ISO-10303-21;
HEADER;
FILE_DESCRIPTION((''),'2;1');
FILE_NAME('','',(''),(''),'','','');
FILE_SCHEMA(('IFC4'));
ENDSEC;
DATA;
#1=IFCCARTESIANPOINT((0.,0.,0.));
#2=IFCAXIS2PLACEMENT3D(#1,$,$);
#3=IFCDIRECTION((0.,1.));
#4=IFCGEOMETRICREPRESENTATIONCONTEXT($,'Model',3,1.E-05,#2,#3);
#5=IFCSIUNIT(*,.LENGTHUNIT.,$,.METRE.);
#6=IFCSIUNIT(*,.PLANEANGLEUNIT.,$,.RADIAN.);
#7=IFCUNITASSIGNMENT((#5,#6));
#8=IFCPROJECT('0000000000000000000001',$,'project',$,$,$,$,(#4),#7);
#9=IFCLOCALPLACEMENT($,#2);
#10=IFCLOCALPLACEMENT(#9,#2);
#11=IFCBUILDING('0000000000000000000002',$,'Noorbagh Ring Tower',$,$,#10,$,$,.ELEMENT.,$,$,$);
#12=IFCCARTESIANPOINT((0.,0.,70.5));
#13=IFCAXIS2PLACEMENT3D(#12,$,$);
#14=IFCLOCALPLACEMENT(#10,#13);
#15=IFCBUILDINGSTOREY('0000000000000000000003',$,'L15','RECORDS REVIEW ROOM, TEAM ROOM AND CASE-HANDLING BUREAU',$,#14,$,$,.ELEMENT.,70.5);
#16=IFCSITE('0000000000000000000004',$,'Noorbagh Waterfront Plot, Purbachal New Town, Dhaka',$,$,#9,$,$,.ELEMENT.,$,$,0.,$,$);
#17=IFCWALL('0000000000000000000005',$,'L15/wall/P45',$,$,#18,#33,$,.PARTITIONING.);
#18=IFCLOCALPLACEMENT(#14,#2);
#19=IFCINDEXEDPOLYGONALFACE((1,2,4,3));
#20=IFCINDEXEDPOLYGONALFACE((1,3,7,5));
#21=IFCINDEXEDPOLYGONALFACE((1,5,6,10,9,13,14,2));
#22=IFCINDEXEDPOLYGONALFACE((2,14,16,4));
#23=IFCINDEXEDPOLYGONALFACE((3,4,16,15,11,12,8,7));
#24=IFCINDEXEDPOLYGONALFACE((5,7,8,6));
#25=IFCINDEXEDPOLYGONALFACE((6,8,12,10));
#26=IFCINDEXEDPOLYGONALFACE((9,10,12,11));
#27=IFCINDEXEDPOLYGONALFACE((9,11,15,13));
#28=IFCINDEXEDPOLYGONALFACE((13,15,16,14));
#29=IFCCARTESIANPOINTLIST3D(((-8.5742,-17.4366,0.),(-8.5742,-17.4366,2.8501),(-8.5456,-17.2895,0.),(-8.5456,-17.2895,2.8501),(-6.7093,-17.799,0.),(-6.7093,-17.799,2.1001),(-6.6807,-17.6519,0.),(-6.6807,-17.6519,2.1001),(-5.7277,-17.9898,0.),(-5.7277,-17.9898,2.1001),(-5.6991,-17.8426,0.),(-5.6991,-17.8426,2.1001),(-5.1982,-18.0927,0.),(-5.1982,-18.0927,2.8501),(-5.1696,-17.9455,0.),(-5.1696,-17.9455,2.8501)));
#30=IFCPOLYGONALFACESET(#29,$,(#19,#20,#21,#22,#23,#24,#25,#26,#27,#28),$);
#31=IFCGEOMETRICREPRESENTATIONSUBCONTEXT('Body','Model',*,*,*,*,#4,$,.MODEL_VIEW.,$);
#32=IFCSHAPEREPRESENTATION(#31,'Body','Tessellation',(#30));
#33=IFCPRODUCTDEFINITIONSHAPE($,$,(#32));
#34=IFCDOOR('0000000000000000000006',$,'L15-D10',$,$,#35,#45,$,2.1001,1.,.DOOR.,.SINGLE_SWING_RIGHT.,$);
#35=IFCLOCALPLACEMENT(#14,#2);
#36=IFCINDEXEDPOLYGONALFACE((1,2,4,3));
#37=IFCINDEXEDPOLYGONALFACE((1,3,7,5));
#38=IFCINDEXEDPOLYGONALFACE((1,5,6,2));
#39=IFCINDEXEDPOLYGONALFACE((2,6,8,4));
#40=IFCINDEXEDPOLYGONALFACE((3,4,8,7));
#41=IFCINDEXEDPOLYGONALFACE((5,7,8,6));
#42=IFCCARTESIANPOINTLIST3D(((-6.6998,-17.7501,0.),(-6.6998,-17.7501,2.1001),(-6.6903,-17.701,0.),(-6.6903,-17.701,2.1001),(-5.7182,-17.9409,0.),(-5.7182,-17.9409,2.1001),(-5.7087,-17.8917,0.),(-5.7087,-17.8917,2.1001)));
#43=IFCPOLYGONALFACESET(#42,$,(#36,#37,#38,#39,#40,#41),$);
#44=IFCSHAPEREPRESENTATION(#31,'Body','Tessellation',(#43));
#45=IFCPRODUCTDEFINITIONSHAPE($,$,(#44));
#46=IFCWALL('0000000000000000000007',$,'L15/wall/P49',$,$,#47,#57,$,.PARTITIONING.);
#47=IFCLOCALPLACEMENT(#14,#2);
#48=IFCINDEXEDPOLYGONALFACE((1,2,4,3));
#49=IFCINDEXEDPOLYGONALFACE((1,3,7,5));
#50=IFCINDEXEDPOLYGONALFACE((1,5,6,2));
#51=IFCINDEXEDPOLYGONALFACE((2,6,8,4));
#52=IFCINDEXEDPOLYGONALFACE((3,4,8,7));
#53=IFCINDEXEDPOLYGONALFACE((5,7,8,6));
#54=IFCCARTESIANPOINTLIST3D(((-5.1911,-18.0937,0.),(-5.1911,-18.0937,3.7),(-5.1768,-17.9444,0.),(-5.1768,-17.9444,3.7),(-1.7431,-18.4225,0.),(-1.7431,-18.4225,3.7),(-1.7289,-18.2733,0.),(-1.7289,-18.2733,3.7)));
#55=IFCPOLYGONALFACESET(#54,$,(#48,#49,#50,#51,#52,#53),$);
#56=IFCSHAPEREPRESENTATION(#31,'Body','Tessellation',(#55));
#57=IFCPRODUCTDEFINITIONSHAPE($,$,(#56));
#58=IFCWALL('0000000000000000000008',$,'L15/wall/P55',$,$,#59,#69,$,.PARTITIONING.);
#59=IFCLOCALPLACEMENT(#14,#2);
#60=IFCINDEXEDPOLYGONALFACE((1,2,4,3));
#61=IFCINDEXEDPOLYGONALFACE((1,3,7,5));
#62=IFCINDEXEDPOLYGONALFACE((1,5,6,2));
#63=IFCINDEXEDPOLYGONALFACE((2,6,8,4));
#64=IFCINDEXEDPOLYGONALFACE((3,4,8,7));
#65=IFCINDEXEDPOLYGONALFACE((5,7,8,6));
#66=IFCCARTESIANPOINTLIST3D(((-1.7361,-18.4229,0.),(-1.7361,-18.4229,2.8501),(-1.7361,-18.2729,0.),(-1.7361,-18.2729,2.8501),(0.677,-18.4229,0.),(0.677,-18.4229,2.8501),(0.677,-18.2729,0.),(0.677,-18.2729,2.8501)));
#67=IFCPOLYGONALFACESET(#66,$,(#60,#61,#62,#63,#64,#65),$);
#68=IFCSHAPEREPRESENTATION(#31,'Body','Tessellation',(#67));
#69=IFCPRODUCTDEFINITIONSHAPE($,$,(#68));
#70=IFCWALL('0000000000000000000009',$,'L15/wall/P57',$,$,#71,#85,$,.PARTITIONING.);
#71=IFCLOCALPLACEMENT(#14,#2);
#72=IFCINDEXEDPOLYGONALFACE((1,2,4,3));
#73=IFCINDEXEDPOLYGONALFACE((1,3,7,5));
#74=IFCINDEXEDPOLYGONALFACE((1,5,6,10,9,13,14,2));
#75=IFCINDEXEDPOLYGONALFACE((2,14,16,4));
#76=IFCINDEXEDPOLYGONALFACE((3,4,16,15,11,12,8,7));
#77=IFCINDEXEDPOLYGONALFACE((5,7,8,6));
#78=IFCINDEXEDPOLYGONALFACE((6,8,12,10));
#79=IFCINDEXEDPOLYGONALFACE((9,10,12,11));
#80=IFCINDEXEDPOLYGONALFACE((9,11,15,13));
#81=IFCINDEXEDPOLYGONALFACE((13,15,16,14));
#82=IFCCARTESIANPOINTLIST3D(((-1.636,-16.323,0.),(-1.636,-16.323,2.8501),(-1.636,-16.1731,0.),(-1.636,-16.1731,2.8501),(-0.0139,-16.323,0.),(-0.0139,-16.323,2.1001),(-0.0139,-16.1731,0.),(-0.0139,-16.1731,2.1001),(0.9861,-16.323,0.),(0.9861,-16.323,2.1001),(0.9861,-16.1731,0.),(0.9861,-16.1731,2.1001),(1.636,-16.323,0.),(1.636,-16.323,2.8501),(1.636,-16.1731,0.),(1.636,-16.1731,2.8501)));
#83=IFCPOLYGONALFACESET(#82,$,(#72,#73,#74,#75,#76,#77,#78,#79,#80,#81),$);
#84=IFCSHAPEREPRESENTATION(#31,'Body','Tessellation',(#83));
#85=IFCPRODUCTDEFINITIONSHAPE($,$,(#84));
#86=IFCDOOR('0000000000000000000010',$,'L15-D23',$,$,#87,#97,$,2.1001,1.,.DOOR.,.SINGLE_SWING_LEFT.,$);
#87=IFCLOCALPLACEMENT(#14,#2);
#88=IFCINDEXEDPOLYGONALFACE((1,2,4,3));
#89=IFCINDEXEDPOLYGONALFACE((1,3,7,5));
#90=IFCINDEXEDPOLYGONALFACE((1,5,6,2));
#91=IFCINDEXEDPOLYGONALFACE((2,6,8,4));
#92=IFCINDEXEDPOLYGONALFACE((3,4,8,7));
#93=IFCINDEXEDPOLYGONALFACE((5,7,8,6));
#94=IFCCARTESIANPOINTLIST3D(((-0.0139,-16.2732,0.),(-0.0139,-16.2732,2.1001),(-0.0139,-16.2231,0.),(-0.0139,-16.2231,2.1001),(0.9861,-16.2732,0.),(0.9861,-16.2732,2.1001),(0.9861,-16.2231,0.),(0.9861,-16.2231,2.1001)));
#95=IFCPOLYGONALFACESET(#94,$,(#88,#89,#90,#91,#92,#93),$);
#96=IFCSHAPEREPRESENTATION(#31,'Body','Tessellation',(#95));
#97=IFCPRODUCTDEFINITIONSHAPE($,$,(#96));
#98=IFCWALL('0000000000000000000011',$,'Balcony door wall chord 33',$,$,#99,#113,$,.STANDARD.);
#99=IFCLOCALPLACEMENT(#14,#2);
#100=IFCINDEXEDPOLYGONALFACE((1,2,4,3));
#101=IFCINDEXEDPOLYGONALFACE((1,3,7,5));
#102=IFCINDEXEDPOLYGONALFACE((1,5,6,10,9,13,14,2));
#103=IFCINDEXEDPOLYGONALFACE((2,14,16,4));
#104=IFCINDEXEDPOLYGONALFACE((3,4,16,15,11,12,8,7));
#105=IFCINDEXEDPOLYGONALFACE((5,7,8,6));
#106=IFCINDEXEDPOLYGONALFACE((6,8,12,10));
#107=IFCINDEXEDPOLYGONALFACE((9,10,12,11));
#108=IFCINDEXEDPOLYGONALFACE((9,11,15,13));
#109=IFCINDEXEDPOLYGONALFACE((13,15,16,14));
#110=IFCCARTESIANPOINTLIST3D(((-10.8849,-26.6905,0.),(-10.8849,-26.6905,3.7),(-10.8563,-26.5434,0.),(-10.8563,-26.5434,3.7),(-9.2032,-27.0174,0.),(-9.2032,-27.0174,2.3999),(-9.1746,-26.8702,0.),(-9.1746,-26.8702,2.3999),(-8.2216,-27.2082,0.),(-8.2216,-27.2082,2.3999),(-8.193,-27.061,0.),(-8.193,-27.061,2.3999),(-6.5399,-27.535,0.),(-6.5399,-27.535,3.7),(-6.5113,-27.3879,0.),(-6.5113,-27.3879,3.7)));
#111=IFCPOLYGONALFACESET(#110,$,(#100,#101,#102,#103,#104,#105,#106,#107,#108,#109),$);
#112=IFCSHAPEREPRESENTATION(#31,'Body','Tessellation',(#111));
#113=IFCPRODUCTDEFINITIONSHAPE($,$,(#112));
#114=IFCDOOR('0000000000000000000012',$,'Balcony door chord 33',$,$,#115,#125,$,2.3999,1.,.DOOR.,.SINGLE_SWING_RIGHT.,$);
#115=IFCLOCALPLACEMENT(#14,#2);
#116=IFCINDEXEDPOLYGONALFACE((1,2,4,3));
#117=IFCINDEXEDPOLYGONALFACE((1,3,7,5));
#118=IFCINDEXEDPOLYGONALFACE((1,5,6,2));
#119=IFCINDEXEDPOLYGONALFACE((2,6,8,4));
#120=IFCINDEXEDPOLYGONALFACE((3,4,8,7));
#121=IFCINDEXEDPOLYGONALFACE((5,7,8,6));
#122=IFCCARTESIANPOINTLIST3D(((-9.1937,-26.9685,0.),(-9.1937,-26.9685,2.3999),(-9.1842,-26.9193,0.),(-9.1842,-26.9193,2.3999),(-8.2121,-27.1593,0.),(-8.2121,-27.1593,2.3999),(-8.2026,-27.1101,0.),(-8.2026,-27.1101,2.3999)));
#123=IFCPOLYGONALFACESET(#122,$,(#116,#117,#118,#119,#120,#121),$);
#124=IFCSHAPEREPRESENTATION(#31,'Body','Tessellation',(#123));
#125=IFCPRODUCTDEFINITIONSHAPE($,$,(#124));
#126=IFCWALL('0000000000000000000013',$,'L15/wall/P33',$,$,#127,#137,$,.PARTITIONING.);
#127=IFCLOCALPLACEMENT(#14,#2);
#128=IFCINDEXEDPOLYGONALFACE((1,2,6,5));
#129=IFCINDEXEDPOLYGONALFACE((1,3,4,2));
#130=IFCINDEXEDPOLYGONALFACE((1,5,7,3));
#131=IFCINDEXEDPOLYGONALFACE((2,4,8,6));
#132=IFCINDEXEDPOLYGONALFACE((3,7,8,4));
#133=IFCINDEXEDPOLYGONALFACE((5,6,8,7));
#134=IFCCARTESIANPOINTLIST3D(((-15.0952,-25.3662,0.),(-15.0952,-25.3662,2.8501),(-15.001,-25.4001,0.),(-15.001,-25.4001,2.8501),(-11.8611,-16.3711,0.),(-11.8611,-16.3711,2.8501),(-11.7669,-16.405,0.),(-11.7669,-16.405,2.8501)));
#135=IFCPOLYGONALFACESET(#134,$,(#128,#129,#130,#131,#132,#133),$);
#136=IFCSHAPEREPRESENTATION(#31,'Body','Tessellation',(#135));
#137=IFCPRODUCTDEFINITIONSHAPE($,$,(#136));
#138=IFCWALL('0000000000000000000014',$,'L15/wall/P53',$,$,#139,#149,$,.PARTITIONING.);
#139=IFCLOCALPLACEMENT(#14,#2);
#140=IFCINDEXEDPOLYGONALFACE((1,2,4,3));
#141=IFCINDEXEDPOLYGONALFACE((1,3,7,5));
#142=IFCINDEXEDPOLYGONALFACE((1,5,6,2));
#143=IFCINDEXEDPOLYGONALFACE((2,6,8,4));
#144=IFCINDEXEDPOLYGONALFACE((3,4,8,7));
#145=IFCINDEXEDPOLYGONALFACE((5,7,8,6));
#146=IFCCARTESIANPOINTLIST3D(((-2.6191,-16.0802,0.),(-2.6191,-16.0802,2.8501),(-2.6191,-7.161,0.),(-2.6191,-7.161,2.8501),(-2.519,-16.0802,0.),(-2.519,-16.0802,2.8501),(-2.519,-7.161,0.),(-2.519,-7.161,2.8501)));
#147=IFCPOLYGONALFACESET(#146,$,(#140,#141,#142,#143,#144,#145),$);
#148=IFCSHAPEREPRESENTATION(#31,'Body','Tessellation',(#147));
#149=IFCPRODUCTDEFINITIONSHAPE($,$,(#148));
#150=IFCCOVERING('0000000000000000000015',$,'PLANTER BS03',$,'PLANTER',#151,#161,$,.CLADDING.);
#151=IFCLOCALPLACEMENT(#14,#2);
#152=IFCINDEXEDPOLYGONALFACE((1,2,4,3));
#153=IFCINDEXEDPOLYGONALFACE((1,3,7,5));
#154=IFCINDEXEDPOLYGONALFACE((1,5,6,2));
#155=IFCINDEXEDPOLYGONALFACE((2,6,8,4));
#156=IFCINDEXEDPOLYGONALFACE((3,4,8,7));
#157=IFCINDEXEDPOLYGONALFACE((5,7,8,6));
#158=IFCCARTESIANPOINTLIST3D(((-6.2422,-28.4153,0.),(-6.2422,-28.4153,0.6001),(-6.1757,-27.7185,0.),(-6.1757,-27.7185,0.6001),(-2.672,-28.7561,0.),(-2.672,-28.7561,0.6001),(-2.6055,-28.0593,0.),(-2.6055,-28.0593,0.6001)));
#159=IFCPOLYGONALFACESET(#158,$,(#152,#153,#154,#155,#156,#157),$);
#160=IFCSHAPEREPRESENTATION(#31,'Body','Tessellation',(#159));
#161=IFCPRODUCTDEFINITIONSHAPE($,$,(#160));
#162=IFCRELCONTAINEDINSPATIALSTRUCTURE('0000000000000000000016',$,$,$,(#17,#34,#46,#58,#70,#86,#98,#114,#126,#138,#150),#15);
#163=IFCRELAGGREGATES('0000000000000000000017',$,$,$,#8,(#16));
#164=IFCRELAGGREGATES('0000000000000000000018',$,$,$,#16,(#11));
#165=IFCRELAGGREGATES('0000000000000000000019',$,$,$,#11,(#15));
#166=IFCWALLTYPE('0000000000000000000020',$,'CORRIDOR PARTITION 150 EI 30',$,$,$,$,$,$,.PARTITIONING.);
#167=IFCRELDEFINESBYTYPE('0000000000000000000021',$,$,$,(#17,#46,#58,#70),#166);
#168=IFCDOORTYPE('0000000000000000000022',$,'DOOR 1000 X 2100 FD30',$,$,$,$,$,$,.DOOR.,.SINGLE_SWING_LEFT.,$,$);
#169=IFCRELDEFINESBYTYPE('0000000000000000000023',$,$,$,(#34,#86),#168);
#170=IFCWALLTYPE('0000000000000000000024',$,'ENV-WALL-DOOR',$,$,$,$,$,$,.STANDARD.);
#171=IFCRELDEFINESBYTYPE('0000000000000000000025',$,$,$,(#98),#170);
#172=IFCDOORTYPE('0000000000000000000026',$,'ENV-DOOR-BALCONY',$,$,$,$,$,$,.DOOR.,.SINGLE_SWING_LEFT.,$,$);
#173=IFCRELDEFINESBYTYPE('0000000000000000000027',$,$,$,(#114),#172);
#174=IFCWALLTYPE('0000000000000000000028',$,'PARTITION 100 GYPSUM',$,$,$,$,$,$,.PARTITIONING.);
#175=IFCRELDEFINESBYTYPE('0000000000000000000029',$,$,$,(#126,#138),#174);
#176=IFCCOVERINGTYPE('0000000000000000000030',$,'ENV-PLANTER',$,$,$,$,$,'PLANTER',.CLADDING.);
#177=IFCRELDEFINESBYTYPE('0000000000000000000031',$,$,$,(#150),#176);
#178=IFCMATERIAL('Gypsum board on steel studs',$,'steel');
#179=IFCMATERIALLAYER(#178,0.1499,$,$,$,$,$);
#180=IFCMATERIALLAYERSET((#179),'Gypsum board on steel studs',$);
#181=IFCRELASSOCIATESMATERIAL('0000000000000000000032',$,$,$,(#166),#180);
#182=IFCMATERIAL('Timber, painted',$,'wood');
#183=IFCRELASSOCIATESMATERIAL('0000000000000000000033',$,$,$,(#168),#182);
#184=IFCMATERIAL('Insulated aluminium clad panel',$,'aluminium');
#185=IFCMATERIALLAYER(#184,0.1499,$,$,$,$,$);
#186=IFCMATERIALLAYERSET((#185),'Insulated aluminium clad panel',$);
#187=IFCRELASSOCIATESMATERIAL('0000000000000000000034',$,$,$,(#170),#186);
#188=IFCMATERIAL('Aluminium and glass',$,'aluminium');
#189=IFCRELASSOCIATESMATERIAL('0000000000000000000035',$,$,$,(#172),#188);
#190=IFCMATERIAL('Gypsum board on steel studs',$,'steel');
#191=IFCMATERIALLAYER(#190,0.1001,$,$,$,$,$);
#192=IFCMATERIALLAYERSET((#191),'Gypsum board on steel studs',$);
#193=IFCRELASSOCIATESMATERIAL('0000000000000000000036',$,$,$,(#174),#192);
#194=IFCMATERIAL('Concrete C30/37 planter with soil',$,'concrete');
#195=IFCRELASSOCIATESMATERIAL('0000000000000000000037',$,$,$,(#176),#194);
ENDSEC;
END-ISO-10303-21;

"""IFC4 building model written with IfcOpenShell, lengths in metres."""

from ifc_helpers import new_model, si_unit, direction, frame, frame_2d, origin, origin_2d, place, context, subcontext, project, spatial, rectangle, extrude, material, layer, layer_set, type_object, element, fill, save


model = new_model("IFC4")

# Units and contexts
model_context = context("Model", 3, precision=1e-05, world=origin(), true_north=direction((0.0, 1.0)))
body_context = subcontext(model_context, "Body", "Model", "MODEL_VIEW")
ifc_project = project(units=[si_unit("LENGTHUNIT", "METRE"), si_unit("PLANEANGLEUNIT", "RADIAN")], contexts=[model_context])

# Site, building, storey
site_placement = place(None, origin())
site = spatial("IfcSite", under=ifc_project, at=site_placement, Name="Noorbagh Waterfront Plot, Purbachal New Town, Dhaka", CompositionType="ELEMENT", RefElevation=0.0)
building_placement = place(site_placement, origin())
building = spatial("IfcBuilding", under=site, at=building_placement, Name="Noorbagh Ring Tower", CompositionType="ELEMENT")
storey_placement = place(building_placement, frame((0.0, 0.0, 70.5)))
storey = spatial("IfcBuildingStorey", under=building, at=storey_placement, Name="L15", Description="RECORDS REVIEW ROOM, TEAM ROOM AND CASE-HANDLING BUREAU", CompositionType="ELEMENT", Elevation=70.5)

# Shared definitions
ifc_material_1 = material(Name="Gypsum board on steel studs", Category="steel")
ifc_layer_1 = layer(ifc_material_1, 0.1499)
ifc_layer_set_1 = layer_set([ifc_layer_1], Name="Gypsum board on steel studs")
wall_type_1 = type_object("IfcWallType", Name="CORRIDOR PARTITION 150 EI 30", PredefinedType="PARTITIONING", material=ifc_layer_set_1)

# Wall, opening, door
wall_1_placement = place(storey_placement, frame((-8.5601, -17.363, 0.0), z_axis=(0.0, 0.0, 1.0), x_axis=(0.981639, -0.190748, 0.0)))
wall_1 = element("IfcWall", 1, at=wall_1_placement, inside=storey, type_object=wall_type_1, Name="L15/wall/P45", PredefinedType="PARTITIONING", context=body_context, shape_type="SweptSolid", body=[
    extrude(rectangle(XDim=3.4392, YDim=0.1499, at=frame_2d((1.7197, 0.0))), origin(), (0.0, 0.0, 1.0), 2.8501),
])
opening_1_placement = place(wall_1_placement, frame((1.8999, 0.0, 0.0)))
opening_1 = element("IfcOpeningElement", 2, at=opening_1_placement, cuts=wall_1, PredefinedType="OPENING", context=body_context, shape_type="SweptSolid", body=[
    extrude(rectangle(XDim=1.0, YDim=2.1001, at=frame_2d((0.5, 1.05))), frame((0.0, 0.085, 0.0), z_axis=(0.0, -1.0, 0.0), x_axis=(1.0, 0.0, 0.0)), (0.0, 0.0, 1.0), 0.1699),
])
ifc_material_2 = material(Name="Timber, painted", Category="wood")
door_type_1 = type_object("IfcDoorType", Name="DOOR 1000 X 2100 FD30", OperationType="SINGLE_SWING_LEFT", PredefinedType="DOOR", material=ifc_material_2)
door_1_placement = place(opening_1_placement, origin())
door_1 = element("IfcDoor", 3, at=door_1_placement, inside=storey, type_object=door_type_1, Name="L15-D10", OperationType="SINGLE_SWING_RIGHT", OverallHeight=2.1001, OverallWidth=1.0, PredefinedType="DOOR", context=body_context, shape_type="SweptSolid", body=[
    extrude(rectangle(XDim=1.0, YDim=2.1001, at=frame_2d((0.5, 1.05))), frame((0.0, 0.0249, 0.0), z_axis=(0.0, -1.0, 0.0), x_axis=(1.0, 0.0, 0.0)), (0.0, 0.0, 1.0), 0.05),
])
fill(opening_1, door_1)

# Walls
wall_2_placement = place(storey_placement, frame((-5.1841, -18.019, 0.0), z_axis=(0.0, 0.0, 1.0), x_axis=(0.995482, -0.094945, 0.0)))
element("IfcWall", 4, at=wall_2_placement, inside=storey, type_object=wall_type_1, Name="L15/wall/P49", PredefinedType="PARTITIONING", context=body_context, shape_type="SweptSolid", body=[
    extrude(rectangle(XDim=3.4636, YDim=0.1499, at=frame_2d((1.7319, 0.0))), origin(), (0.0, 0.0, 1.0), 3.7),
])
wall_3_placement = place(storey_placement, frame((-1.7361, -18.3479, 0.0), z_axis=(0.0, 0.0, 1.0), x_axis=(1.0, 0.0, 0.0)))
element("IfcWall", 5, at=wall_3_placement, inside=storey, type_object=wall_type_1, Name="L15/wall/P55", PredefinedType="PARTITIONING", context=body_context, shape_type="SweptSolid", body=[
    extrude(rectangle(XDim=2.4131, YDim=0.1499, at=frame_2d((1.2065, 0.0))), origin(), (0.0, 0.0, 1.0), 2.8501),
])

# Walls, openings, doors
wall_4_placement = place(storey_placement, frame((-1.636, -16.248, 0.0), z_axis=(0.0, 0.0, 1.0), x_axis=(1.0, 0.0, 0.0)))
wall_4 = element("IfcWall", 6, at=wall_4_placement, inside=storey, type_object=wall_type_1, Name="L15/wall/P57", PredefinedType="PARTITIONING", context=body_context, shape_type="SweptSolid", body=[
    extrude(rectangle(XDim=3.272, YDim=0.1499, at=frame_2d((1.636, 0.0))), origin(), (0.0, 0.0, 1.0), 2.8501),
])
opening_2_placement = place(wall_4_placement, frame((1.6221, 0.0, 0.0)))
opening_2 = element("IfcOpeningElement", 7, at=opening_2_placement, cuts=wall_4, PredefinedType="OPENING", context=body_context, shape_type="SweptSolid", body=[
    extrude(rectangle(XDim=1.0, YDim=2.1001, at=frame_2d((0.5, 1.05))), frame((0.0, 0.085, 0.0), z_axis=(0.0, -1.0, 0.0), x_axis=(1.0, 0.0, 0.0)), (0.0, 0.0, 1.0), 0.1699),
])
door_2_placement = place(opening_2_placement, origin())
door_2 = element("IfcDoor", 8, at=door_2_placement, inside=storey, type_object=door_type_1, Name="L15-D23", OperationType="SINGLE_SWING_LEFT", OverallHeight=2.1001, OverallWidth=1.0, PredefinedType="DOOR", context=body_context, shape_type="SweptSolid", body=[
    extrude(rectangle(XDim=1.0, YDim=2.1001, at=frame_2d((0.5, 1.05))), frame((0.0, 0.0249, 0.0), z_axis=(0.0, -1.0, 0.0), x_axis=(1.0, 0.0, 0.0)), (0.0, 0.0, 1.0), 0.05),
])
fill(opening_2, door_2)
ifc_material_3 = material(Name="Insulated aluminium clad panel", Category="aluminium")
ifc_layer_2 = layer(ifc_material_3, 0.1499)
ifc_layer_set_2 = layer_set([ifc_layer_2], Name="Insulated aluminium clad panel")
wall_type_2 = type_object("IfcWallType", Name="ENV-WALL-DOOR", PredefinedType="STANDARD", material=ifc_layer_set_2)
wall_5_placement = place(storey_placement, frame((-10.8706, -26.6169, 0.0), z_axis=(0.0, 0.0, 1.0), x_axis=(0.981631, -0.190788, 0.0)))
wall_5 = element("IfcWall", 9, at=wall_5_placement, inside=storey, type_object=wall_type_2, Name="Balcony door wall chord 33", PredefinedType="STANDARD", context=body_context, shape_type="SweptSolid", body=[
    extrude(rectangle(XDim=4.4263, YDim=0.1499, at=frame_2d((2.2131, 0.0))), origin(), (0.0, 0.0, 1.0), 3.7),
])
opening_3_placement = place(wall_5_placement, frame((1.7131, 0.0, 0.0)))
opening_3 = element("IfcOpeningElement", 10, at=opening_3_placement, cuts=wall_5, PredefinedType="OPENING", context=body_context, shape_type="SweptSolid", body=[
    extrude(rectangle(XDim=1.0, YDim=2.3999, at=frame_2d((0.5, 1.2))), frame((0.0, 0.085, 0.0), z_axis=(0.0, -1.0, 0.0), x_axis=(1.0, 0.0, 0.0)), (0.0, 0.0, 1.0), 0.1699),
])
ifc_material_4 = material(Name="Aluminium and glass", Category="aluminium")
door_type_2 = type_object("IfcDoorType", Name="ENV-DOOR-BALCONY", OperationType="SINGLE_SWING_LEFT", PredefinedType="DOOR", material=ifc_material_4)
door_3_placement = place(opening_3_placement, origin())
door_3 = element("IfcDoor", 11, at=door_3_placement, inside=storey, type_object=door_type_2, Name="Balcony door chord 33", OperationType="SINGLE_SWING_RIGHT", OverallHeight=2.3999, OverallWidth=1.0, PredefinedType="DOOR", context=body_context, shape_type="SweptSolid", body=[
    extrude(rectangle(XDim=1.0, YDim=2.3999, at=frame_2d((0.5, 1.2))), frame((0.0, 0.0249, 0.0), z_axis=(0.0, -1.0, 0.0), x_axis=(1.0, 0.0, 0.0)), (0.0, 0.0, 1.0), 0.05),
])
fill(opening_3, door_3)

# Walls
ifc_material_5 = material(Name="Gypsum board on steel studs", Category="steel")
ifc_layer_3 = layer(ifc_material_5, 0.1001)
ifc_layer_set_3 = layer_set([ifc_layer_3], Name="Gypsum board on steel studs")
wall_type_3 = type_object("IfcWallType", Name="PARTITION 100 GYPSUM", PredefinedType="PARTITIONING", material=ifc_layer_set_3)
wall_6_placement = place(storey_placement, frame((-15.0481, -25.3831, 0.0), z_axis=(0.0, 0.0, 1.0), x_axis=(0.338339, 0.941024, 0.0)))
element("IfcWall", 12, at=wall_6_placement, inside=storey, type_object=wall_type_3, Name="L15/wall/P33", PredefinedType="PARTITIONING", context=body_context, shape_type="SweptSolid", body=[
    extrude(rectangle(XDim=9.5588, YDim=0.1001, at=frame_2d((4.7793, 0.0))), origin(), (0.0, 0.0, 1.0), 2.8501),
])
wall_7_placement = place(storey_placement, frame((-2.5691, -16.0801, 0.0), z_axis=(0.0, 0.0, 1.0), x_axis=(0.0, 1.0, 0.0)))
element("IfcWall", 13, at=wall_7_placement, inside=storey, type_object=wall_type_3, Name="L15/wall/P53", PredefinedType="PARTITIONING", context=body_context, shape_type="SweptSolid", body=[
    extrude(rectangle(XDim=8.9192, YDim=0.1001, at=frame_2d((4.4595, 0.0))), origin(), (0.0, 0.0, 1.0), 2.8501),
])

# Covering
ifc_material_6 = material(Name="Concrete C30/37 planter with soil", Category="concrete")
covering_type = type_object("IfcCoveringType", Name="ENV-PLANTER", ElementType="PLANTER", PredefinedType="CLADDING", material=ifc_material_6)
covering_placement = place(storey_placement, frame((-4.4238, -28.2373, 0.0), z_axis=(0.0, 0.0, 1.0), x_axis=(0.995476, -0.095008, 0.0)))
element("IfcCovering", 14, at=covering_placement, inside=storey, type_object=covering_type, Name="PLANTER BS03", ObjectType="PLANTER", PredefinedType="CLADDING", context=body_context, shape_type="SweptSolid", body=[
    extrude(rectangle(XDim=3.5864, YDim=0.7, at=origin_2d()), origin(), (0.0, 0.0, 1.0), 0.6001),
])

save(model, "model.ifc")
